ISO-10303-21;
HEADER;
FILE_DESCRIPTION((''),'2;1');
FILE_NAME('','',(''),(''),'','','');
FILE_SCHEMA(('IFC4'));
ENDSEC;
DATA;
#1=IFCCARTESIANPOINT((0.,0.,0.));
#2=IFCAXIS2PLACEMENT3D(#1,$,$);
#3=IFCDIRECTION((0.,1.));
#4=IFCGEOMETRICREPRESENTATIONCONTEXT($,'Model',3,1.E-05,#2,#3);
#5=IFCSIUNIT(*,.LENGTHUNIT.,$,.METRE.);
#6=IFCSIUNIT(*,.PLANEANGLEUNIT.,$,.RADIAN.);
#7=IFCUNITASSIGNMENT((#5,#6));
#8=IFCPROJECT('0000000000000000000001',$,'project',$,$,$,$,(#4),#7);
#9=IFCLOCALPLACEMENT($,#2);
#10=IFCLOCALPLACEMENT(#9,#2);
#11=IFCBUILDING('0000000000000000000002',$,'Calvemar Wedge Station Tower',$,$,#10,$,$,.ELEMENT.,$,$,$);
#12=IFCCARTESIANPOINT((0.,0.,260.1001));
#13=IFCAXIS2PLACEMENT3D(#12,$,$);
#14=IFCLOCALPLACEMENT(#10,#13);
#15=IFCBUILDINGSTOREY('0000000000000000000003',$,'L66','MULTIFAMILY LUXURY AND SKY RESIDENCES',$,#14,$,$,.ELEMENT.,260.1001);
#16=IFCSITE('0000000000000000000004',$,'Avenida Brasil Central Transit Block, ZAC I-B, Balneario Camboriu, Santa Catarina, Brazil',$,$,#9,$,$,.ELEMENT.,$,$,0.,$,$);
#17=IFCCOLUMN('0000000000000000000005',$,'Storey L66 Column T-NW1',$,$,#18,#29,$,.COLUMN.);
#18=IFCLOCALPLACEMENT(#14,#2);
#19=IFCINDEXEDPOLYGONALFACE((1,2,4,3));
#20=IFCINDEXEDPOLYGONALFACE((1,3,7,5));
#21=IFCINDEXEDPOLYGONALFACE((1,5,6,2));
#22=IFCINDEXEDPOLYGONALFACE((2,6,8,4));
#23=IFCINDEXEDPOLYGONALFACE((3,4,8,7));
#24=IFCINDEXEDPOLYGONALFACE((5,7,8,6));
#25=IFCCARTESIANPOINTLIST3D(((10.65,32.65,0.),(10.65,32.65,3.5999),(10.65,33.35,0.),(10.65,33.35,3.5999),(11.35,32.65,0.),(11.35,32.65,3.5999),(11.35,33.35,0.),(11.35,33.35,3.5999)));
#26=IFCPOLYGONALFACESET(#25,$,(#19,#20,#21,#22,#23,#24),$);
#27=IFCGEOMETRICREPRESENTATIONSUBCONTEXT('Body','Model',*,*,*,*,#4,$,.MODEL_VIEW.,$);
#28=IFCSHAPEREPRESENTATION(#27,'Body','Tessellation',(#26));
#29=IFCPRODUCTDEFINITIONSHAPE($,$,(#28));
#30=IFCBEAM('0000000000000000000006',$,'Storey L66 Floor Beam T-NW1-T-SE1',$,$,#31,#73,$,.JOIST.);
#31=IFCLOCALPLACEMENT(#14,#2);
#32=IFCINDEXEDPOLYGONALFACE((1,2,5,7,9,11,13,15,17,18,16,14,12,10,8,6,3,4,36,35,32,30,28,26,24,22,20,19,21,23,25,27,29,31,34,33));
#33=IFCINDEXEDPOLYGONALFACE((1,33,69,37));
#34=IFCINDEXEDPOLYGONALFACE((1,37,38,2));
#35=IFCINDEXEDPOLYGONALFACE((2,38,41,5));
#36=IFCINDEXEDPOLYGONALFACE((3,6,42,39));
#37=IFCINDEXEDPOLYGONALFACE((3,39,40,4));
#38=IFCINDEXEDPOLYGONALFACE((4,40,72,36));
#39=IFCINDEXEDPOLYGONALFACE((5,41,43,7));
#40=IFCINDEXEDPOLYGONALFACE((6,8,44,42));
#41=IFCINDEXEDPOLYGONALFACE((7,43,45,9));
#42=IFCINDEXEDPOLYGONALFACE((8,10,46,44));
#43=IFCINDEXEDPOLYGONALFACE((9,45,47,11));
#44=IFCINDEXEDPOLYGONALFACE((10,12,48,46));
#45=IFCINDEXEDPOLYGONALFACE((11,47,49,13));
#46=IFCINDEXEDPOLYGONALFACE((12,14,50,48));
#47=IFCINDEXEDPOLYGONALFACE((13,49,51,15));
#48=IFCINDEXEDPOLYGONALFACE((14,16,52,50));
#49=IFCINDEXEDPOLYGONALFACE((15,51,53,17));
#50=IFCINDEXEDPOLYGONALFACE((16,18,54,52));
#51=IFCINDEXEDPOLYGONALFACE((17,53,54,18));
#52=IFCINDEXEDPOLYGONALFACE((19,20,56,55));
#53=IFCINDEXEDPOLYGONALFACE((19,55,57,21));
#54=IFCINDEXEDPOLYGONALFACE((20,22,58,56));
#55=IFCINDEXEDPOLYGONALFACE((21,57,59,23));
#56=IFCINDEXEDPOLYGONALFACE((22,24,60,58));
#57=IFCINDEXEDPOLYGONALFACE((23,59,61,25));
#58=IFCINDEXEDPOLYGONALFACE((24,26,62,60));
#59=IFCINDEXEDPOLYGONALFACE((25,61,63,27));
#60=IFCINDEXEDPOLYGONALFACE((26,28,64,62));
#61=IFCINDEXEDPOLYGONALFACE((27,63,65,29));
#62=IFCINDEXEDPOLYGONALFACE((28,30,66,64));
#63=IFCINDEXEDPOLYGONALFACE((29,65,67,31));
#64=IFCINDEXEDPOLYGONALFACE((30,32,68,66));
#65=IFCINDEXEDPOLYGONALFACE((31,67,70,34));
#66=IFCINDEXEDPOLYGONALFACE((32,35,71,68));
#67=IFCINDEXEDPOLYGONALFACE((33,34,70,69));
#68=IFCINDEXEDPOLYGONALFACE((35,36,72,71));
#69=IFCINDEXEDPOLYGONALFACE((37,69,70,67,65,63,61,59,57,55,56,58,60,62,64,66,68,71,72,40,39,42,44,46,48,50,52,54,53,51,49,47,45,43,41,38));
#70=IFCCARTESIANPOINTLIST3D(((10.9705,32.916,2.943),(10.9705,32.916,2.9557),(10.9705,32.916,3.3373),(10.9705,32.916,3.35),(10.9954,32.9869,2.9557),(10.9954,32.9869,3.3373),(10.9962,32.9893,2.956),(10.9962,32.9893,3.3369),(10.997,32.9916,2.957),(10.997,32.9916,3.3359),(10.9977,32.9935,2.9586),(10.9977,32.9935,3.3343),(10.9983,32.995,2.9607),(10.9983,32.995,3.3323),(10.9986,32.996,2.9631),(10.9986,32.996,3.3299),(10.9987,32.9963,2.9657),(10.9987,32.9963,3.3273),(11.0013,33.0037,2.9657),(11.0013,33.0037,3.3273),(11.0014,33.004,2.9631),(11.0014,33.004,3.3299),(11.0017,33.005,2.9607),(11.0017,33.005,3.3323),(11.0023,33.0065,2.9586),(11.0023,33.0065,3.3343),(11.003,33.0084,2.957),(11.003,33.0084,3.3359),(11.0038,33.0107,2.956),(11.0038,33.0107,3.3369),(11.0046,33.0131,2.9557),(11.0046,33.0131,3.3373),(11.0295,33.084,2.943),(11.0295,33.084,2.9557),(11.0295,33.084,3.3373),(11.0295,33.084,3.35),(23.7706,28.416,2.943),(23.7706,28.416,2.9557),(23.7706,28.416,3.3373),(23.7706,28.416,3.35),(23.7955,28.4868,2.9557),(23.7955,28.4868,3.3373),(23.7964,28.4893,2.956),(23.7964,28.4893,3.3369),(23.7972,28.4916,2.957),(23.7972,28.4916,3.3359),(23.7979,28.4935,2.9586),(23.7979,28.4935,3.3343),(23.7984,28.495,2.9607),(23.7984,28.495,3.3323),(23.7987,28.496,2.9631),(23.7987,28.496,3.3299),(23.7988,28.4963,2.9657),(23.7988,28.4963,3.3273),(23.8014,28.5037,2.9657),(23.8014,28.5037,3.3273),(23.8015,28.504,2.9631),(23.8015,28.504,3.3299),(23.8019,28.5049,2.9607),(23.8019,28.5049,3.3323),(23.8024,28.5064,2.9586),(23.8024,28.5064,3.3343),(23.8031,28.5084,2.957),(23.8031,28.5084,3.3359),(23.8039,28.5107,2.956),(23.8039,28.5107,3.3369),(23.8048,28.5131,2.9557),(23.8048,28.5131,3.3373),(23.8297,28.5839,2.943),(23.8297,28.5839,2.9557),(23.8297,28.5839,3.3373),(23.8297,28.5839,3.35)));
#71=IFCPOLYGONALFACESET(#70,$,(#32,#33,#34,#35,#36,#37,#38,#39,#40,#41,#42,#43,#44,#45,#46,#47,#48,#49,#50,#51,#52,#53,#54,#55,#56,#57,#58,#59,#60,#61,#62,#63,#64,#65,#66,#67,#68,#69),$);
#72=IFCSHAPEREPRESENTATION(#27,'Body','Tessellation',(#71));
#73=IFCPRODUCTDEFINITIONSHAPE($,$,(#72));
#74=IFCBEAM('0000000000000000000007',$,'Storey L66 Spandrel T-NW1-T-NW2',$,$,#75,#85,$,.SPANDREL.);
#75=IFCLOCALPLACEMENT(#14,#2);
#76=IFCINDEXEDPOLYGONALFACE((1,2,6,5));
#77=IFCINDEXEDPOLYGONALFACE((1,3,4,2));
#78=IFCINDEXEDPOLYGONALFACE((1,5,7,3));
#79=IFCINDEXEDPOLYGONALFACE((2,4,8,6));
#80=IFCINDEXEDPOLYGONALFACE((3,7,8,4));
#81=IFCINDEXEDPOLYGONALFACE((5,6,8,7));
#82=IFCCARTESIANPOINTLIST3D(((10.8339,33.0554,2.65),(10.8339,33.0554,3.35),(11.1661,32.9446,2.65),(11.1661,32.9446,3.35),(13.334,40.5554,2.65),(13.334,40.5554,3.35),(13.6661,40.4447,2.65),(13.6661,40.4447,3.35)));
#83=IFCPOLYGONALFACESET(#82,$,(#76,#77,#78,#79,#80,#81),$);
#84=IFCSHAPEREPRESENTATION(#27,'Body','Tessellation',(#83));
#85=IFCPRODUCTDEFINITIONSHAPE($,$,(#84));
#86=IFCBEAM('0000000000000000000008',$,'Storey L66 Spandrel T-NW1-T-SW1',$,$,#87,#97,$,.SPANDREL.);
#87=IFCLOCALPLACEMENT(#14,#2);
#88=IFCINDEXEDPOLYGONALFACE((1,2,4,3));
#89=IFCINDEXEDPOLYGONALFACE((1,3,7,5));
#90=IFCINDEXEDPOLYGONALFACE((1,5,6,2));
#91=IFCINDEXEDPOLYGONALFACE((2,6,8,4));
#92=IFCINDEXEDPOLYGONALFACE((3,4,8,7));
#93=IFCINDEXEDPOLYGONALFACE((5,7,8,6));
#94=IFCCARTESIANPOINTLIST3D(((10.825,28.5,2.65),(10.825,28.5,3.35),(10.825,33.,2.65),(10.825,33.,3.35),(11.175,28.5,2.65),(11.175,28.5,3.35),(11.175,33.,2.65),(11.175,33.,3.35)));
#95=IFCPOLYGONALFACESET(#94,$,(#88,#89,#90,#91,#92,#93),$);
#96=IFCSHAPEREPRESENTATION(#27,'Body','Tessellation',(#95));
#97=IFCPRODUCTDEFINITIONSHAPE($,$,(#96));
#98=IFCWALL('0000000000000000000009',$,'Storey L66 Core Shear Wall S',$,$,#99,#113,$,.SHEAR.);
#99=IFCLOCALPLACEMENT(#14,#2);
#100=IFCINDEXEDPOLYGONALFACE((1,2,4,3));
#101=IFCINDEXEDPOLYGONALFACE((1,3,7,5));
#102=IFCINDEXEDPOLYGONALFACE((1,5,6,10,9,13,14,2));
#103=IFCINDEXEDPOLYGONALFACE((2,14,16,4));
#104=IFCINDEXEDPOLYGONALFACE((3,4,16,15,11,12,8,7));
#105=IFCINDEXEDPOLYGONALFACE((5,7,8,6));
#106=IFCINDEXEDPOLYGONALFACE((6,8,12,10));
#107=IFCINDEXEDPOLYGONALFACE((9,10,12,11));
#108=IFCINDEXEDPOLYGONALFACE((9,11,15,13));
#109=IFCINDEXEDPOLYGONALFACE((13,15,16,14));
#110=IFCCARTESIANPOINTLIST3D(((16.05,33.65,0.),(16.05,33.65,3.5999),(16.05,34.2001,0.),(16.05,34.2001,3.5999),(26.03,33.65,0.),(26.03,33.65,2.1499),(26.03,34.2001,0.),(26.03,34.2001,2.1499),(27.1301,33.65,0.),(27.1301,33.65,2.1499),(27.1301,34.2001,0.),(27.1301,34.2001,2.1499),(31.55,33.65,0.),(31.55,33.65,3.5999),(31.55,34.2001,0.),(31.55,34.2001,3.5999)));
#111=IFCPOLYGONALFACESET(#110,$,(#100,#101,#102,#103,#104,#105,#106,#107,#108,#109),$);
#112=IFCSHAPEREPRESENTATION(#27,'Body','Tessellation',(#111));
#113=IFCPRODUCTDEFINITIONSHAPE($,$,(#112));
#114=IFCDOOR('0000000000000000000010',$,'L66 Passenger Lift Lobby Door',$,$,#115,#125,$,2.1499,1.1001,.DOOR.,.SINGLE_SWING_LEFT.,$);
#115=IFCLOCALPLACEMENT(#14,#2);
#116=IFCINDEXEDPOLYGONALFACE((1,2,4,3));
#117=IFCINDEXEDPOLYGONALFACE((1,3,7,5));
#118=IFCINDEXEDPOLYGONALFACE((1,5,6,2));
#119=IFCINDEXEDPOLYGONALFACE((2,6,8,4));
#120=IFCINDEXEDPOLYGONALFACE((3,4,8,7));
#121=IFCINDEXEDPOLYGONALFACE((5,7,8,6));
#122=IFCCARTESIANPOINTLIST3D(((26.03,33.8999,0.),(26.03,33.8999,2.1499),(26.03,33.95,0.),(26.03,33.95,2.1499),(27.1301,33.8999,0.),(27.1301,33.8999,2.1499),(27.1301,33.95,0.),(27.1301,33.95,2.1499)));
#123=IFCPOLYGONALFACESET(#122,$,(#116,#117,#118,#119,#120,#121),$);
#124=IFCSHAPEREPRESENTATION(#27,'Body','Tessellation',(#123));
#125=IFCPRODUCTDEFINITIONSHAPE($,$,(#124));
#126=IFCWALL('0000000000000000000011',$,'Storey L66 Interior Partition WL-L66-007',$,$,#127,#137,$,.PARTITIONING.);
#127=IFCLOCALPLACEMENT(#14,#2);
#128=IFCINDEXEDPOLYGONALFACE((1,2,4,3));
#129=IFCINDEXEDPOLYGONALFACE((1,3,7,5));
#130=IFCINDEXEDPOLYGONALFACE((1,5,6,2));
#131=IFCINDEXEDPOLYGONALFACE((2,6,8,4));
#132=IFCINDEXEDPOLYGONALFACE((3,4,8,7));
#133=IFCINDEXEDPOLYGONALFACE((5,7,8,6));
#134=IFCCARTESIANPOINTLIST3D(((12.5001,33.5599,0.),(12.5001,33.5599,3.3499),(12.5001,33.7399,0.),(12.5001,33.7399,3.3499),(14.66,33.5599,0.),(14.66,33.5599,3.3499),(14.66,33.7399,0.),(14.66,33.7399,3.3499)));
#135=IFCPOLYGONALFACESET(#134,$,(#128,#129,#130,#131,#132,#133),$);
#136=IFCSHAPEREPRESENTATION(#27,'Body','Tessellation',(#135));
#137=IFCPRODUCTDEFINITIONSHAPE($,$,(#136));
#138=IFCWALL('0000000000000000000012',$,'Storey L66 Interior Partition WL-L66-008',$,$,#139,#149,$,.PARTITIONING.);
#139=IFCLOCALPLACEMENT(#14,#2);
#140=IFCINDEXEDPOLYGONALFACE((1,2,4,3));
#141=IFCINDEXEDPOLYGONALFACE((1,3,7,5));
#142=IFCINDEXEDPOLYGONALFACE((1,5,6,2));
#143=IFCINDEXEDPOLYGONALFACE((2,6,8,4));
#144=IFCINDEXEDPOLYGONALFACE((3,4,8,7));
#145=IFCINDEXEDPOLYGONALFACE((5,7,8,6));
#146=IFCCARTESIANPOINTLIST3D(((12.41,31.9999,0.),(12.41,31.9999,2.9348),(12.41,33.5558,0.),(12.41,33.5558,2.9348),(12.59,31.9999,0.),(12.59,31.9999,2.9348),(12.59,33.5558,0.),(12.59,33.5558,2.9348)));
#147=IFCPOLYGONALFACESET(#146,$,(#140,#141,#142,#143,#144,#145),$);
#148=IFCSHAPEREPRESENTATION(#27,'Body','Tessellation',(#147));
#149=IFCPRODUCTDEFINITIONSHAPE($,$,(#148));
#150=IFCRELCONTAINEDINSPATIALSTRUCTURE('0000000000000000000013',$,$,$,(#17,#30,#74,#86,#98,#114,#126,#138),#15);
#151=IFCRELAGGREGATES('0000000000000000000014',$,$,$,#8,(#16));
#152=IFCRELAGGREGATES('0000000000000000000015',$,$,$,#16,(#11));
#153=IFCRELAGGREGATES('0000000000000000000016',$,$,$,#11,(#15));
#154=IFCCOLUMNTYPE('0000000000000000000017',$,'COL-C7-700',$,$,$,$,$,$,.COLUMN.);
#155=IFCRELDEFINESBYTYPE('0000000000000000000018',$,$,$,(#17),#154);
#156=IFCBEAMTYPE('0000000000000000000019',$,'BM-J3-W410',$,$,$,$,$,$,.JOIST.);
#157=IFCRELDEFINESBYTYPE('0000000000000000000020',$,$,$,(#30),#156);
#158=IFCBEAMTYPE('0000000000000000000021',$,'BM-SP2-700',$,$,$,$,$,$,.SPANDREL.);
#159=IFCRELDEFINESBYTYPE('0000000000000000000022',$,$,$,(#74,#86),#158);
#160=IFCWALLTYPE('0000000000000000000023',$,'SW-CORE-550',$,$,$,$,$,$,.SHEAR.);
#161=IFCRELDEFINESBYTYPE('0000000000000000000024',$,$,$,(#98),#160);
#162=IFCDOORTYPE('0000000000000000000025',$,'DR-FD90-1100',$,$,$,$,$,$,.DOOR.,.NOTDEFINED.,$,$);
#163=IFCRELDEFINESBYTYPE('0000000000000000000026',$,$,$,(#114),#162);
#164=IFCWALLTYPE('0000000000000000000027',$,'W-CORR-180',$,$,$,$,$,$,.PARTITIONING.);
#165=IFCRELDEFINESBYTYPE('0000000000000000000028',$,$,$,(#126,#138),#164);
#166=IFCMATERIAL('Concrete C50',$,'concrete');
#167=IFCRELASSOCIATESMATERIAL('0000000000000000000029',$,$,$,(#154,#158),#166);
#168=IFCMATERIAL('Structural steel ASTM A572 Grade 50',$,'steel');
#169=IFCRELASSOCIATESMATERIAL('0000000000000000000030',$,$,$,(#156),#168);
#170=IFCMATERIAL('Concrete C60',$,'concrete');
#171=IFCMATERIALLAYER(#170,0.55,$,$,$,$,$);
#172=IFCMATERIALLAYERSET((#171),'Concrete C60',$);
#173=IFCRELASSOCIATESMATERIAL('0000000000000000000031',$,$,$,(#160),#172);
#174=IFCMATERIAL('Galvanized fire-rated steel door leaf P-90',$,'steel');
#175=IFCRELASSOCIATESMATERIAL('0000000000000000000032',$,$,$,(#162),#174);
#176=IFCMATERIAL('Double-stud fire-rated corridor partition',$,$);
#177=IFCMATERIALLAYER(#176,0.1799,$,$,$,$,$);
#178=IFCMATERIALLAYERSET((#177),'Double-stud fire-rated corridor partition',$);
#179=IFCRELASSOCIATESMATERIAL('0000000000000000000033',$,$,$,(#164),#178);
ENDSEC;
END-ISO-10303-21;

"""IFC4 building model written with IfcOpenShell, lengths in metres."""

from ifc_helpers import new_model, si_unit, direction, frame, frame_2d, origin, origin_2d, place, context, subcontext, project, spatial, rectangle, i_section, extrude, source, transform, mapped, material, layer, layer_set, material_profile, profile_set, type_object, element, fill, save


model = new_model("IFC4")

# Units and contexts
model_context = context("Model", 3, precision=1e-05, world=origin(), true_north=direction((0.0, 1.0)))
body_context = subcontext(model_context, "Body", "Model", "MODEL_VIEW")
ifc_project = project(units=[si_unit("LENGTHUNIT", "METRE"), si_unit("PLANEANGLEUNIT", "RADIAN")], contexts=[model_context])

# Site, building, storey
site_placement = place(None, origin())
site = spatial("IfcSite", under=ifc_project, at=site_placement, Name="Avenida Brasil Central Transit Block, ZAC I-B, Balneario Camboriu, Santa Catarina, Brazil", CompositionType="ELEMENT", RefElevation=0.0)
building_placement = place(site_placement, origin())
building = spatial("IfcBuilding", under=site, at=building_placement, Name="Calvemar Wedge Station Tower", CompositionType="ELEMENT")
storey_placement = place(building_placement, frame((0.0, 0.0, 260.1001)))
storey = spatial("IfcBuildingStorey", under=building, at=storey_placement, Name="L66", Description="MULTIFAMILY LUXURY AND SKY RESIDENCES", CompositionType="ELEMENT", Elevation=260.1001)

# Column
ifc_material_1 = material(Name="Concrete C50", Category="concrete")
ifc_material_profile_1 = material_profile(ifc_material_1, rectangle(XDim=0.7, YDim=0.7, at=origin_2d()), Name="RC700x700")
ifc_profile_set_1 = profile_set([ifc_material_profile_1], Name="Concrete C50")
column_type = type_object("IfcColumnType", Name="COL-C7-700", PredefinedType="COLUMN", material=ifc_profile_set_1)
shared_shape_1 = source(origin(), body_context, "Body", "SweptSolid", [
    extrude(rectangle(XDim=0.7, YDim=0.7, at=origin_2d()), origin(), (0.0, 0.0, 1.0), 3.5999),
])
column_placement = place(storey_placement, frame((11.0, 33.0, 0.0), z_axis=(0.0, 0.0, 1.0), x_axis=(1.0, 0.0, 0.0)))
element("IfcColumn", 1, at=column_placement, inside=storey, type_object=column_type, Name="Storey L66 Column T-NW1", PredefinedType="COLUMN", context=body_context, shape_type="MappedRepresentation", body=[
    mapped(shared_shape_1, transform((0.0, 0.0, 0.0), scale=1.0)),
])

# Beams
ifc_material_2 = material(Name="Structural steel ASTM A572 Grade 50", Category="steel")
ifc_material_profile_2 = material_profile(ifc_material_2, i_section(OverallWidth=0.178, OverallDepth=0.407, WebThickness=0.0078, FlangeThickness=0.0127, FilletRadius=0.01, at=origin_2d()), Name="W410x60")
ifc_profile_set_2 = profile_set([ifc_material_profile_2], Name="Structural steel ASTM A572 Grade 50")
beam_type_1 = type_object("IfcBeamType", Name="BM-J3-W410", PredefinedType="JOIST", material=ifc_profile_set_2)
shared_shape_2 = source(origin(), body_context, "Body", "SweptSolid", [
    extrude(i_section(OverallWidth=0.178, OverallDepth=0.407, WebThickness=0.0078, FlangeThickness=0.0127, FilletRadius=0.01, at=origin_2d()), origin(), (0.0, 0.0, 1.0), 13.5681),
])
beam_1_placement = place(storey_placement, frame((11.0, 33.0, 3.1465), z_axis=(0.943398, -0.331662, 0.0), x_axis=(0.331662, 0.943398, 0.0)))
element("IfcBeam", 2, at=beam_1_placement, inside=storey, type_object=beam_type_1, Name="Storey L66 Floor Beam T-NW1-T-SE1", PredefinedType="JOIST", context=body_context, shape_type="MappedRepresentation", body=[
    mapped(shared_shape_2, transform((0.0, 0.0, 0.0), scale=1.0)),
])
ifc_material_profile_3 = material_profile(ifc_material_1, rectangle(XDim=0.3501, YDim=0.7, at=origin_2d()), Name="RC350x700")
ifc_profile_set_3 = profile_set([ifc_material_profile_3], Name="Concrete C50")
beam_type_2 = type_object("IfcBeamType", Name="BM-SP2-700", PredefinedType="SPANDREL", material=ifc_profile_set_3)
shared_shape_3 = source(origin(), body_context, "Body", "SweptSolid", [
    extrude(rectangle(XDim=0.3501, YDim=0.7, at=origin_2d()), origin(), (0.0, 0.0, 1.0), 7.9058),
])
beam_2_placement = place(storey_placement, frame((11.0, 33.0, 3.0), z_axis=(0.316228, 0.948683, 0.0), x_axis=(-0.948683, 0.316228, 0.0)))
element("IfcBeam", 3, at=beam_2_placement, inside=storey, type_object=beam_type_2, Name="Storey L66 Spandrel T-NW1-T-NW2", PredefinedType="SPANDREL", context=body_context, shape_type="MappedRepresentation", body=[
    mapped(shared_shape_3, transform((0.0, 0.0, 0.0), scale=1.0)),
])
shared_shape_4 = source(origin(), body_context, "Body", "SweptSolid", [
    extrude(rectangle(XDim=0.3501, YDim=0.7, at=origin_2d()), origin(), (0.0, 0.0, 1.0), 4.5),
])
beam_3_placement = place(storey_placement, frame((11.0, 33.0, 3.0), z_axis=(0.0, -1.0, 0.0), x_axis=(1.0, 0.0, 0.0)))
element("IfcBeam", 4, at=beam_3_placement, inside=storey, type_object=beam_type_2, Name="Storey L66 Spandrel T-NW1-T-SW1", PredefinedType="SPANDREL", context=body_context, shape_type="MappedRepresentation", body=[
    mapped(shared_shape_4, transform((0.0, 0.0, 0.0), scale=1.0)),
])

# Wall, opening, door
ifc_material_3 = material(Name="Concrete C60", Category="concrete")
ifc_layer_1 = layer(ifc_material_3, 0.55)
ifc_layer_set_1 = layer_set([ifc_layer_1], Name="Concrete C60")
wall_type_1 = type_object("IfcWallType", Name="SW-CORE-550", PredefinedType="SHEAR", material=ifc_layer_set_1)
wall_1_placement = place(storey_placement, frame((16.05, 33.925, 0.0), z_axis=(0.0, 0.0, 1.0), x_axis=(1.0, 0.0, 0.0)))
wall_1 = element("IfcWall", 5, at=wall_1_placement, inside=storey, type_object=wall_type_1, Name="Storey L66 Core Shear Wall S", PredefinedType="SHEAR", context=body_context, shape_type="SweptSolid", body=[
    extrude(rectangle(XDim=15.5, YDim=0.55, at=frame_2d((7.75, 0.0))), origin(), (0.0, 0.0, 1.0), 3.5999),
])
shared_shape_5 = source(origin(), body_context, "Body", "SweptSolid", [
    extrude(rectangle(XDim=1.1001, YDim=2.1499, at=frame_2d((0.55, 1.075))), frame((0.0, 0.2852, 0.0), z_axis=(0.0, -1.0, 0.0), x_axis=(1.0, 0.0, 0.0)), (0.0, 0.0, 1.0), 0.5701),
])
opening_1_placement = place(wall_1_placement, frame((9.98, 0.0, 0.0)))
opening_1 = element("IfcOpeningElement", 6, at=opening_1_placement, cuts=wall_1, PredefinedType="OPENING", context=body_context, shape_type="MappedRepresentation", body=[
    mapped(shared_shape_5, transform((0.0, 0.0, 0.0), scale=1.0)),
])
ifc_material_4 = material(Name="Galvanized fire-rated steel door leaf P-90", Category="steel")
door_type_1 = type_object("IfcDoorType", Name="DR-FD90-1100", OperationType="NOTDEFINED", PredefinedType="DOOR", material=ifc_material_4)
shared_shape_6 = source(origin(), body_context, "Body", "SweptSolid", [
    extrude(rectangle(XDim=1.1001, YDim=2.1499, at=frame_2d((0.55, 1.075))), frame((0.0, 0.0249, 0.0), z_axis=(0.0, -1.0, 0.0), x_axis=(1.0, 0.0, 0.0)), (0.0, 0.0, 1.0), 0.05),
])
door_1_placement = place(opening_1_placement, origin())
door_1 = element("IfcDoor", 7, at=door_1_placement, inside=storey, type_object=door_type_1, Name="L66 Passenger Lift Lobby Door", OperationType="SINGLE_SWING_LEFT", OverallHeight=2.1499, OverallWidth=1.1001, PredefinedType="DOOR", context=body_context, shape_type="MappedRepresentation", body=[
    mapped(shared_shape_6, transform((0.0, 0.0, 0.0), scale=1.0)),
])
fill(opening_1, door_1)

# Walls
ifc_material_5 = material(Name="Double-stud fire-rated corridor partition")
ifc_layer_2 = layer(ifc_material_5, 0.1799)
ifc_layer_set_2 = layer_set([ifc_layer_2], Name="Double-stud fire-rated corridor partition")
wall_type_2 = type_object("IfcWallType", Name="W-CORR-180", PredefinedType="PARTITIONING", material=ifc_layer_set_2)
wall_2_placement = place(storey_placement, frame((12.5, 33.6499, 0.0), z_axis=(0.0, 0.0, 1.0), x_axis=(1.0, 0.0, 0.0)))
element("IfcWall", 8, at=wall_2_placement, inside=storey, type_object=wall_type_2, Name="Storey L66 Interior Partition WL-L66-007", PredefinedType="PARTITIONING", context=body_context, shape_type="SweptSolid", body=[
    extrude(rectangle(XDim=2.1599, YDim=0.1799, at=frame_2d((1.0801, 0.0))), origin(), (0.0, 0.0, 1.0), 3.3499),
])
wall_3_placement = place(storey_placement, frame((12.5, 32.0, 0.0), z_axis=(0.0, 0.0, 1.0), x_axis=(0.0, 1.0, 0.0)))
element("IfcWall", 9, at=wall_3_placement, inside=storey, type_object=wall_type_2, Name="Storey L66 Interior Partition WL-L66-008", PredefinedType="PARTITIONING", context=body_context, shape_type="SweptSolid", body=[
    extrude(rectangle(XDim=1.5559, YDim=0.1799, at=frame_2d((0.7778, 0.0))), origin(), (0.0, 0.0, 1.0), 2.9348),
])

save(model, "model.ifc")
